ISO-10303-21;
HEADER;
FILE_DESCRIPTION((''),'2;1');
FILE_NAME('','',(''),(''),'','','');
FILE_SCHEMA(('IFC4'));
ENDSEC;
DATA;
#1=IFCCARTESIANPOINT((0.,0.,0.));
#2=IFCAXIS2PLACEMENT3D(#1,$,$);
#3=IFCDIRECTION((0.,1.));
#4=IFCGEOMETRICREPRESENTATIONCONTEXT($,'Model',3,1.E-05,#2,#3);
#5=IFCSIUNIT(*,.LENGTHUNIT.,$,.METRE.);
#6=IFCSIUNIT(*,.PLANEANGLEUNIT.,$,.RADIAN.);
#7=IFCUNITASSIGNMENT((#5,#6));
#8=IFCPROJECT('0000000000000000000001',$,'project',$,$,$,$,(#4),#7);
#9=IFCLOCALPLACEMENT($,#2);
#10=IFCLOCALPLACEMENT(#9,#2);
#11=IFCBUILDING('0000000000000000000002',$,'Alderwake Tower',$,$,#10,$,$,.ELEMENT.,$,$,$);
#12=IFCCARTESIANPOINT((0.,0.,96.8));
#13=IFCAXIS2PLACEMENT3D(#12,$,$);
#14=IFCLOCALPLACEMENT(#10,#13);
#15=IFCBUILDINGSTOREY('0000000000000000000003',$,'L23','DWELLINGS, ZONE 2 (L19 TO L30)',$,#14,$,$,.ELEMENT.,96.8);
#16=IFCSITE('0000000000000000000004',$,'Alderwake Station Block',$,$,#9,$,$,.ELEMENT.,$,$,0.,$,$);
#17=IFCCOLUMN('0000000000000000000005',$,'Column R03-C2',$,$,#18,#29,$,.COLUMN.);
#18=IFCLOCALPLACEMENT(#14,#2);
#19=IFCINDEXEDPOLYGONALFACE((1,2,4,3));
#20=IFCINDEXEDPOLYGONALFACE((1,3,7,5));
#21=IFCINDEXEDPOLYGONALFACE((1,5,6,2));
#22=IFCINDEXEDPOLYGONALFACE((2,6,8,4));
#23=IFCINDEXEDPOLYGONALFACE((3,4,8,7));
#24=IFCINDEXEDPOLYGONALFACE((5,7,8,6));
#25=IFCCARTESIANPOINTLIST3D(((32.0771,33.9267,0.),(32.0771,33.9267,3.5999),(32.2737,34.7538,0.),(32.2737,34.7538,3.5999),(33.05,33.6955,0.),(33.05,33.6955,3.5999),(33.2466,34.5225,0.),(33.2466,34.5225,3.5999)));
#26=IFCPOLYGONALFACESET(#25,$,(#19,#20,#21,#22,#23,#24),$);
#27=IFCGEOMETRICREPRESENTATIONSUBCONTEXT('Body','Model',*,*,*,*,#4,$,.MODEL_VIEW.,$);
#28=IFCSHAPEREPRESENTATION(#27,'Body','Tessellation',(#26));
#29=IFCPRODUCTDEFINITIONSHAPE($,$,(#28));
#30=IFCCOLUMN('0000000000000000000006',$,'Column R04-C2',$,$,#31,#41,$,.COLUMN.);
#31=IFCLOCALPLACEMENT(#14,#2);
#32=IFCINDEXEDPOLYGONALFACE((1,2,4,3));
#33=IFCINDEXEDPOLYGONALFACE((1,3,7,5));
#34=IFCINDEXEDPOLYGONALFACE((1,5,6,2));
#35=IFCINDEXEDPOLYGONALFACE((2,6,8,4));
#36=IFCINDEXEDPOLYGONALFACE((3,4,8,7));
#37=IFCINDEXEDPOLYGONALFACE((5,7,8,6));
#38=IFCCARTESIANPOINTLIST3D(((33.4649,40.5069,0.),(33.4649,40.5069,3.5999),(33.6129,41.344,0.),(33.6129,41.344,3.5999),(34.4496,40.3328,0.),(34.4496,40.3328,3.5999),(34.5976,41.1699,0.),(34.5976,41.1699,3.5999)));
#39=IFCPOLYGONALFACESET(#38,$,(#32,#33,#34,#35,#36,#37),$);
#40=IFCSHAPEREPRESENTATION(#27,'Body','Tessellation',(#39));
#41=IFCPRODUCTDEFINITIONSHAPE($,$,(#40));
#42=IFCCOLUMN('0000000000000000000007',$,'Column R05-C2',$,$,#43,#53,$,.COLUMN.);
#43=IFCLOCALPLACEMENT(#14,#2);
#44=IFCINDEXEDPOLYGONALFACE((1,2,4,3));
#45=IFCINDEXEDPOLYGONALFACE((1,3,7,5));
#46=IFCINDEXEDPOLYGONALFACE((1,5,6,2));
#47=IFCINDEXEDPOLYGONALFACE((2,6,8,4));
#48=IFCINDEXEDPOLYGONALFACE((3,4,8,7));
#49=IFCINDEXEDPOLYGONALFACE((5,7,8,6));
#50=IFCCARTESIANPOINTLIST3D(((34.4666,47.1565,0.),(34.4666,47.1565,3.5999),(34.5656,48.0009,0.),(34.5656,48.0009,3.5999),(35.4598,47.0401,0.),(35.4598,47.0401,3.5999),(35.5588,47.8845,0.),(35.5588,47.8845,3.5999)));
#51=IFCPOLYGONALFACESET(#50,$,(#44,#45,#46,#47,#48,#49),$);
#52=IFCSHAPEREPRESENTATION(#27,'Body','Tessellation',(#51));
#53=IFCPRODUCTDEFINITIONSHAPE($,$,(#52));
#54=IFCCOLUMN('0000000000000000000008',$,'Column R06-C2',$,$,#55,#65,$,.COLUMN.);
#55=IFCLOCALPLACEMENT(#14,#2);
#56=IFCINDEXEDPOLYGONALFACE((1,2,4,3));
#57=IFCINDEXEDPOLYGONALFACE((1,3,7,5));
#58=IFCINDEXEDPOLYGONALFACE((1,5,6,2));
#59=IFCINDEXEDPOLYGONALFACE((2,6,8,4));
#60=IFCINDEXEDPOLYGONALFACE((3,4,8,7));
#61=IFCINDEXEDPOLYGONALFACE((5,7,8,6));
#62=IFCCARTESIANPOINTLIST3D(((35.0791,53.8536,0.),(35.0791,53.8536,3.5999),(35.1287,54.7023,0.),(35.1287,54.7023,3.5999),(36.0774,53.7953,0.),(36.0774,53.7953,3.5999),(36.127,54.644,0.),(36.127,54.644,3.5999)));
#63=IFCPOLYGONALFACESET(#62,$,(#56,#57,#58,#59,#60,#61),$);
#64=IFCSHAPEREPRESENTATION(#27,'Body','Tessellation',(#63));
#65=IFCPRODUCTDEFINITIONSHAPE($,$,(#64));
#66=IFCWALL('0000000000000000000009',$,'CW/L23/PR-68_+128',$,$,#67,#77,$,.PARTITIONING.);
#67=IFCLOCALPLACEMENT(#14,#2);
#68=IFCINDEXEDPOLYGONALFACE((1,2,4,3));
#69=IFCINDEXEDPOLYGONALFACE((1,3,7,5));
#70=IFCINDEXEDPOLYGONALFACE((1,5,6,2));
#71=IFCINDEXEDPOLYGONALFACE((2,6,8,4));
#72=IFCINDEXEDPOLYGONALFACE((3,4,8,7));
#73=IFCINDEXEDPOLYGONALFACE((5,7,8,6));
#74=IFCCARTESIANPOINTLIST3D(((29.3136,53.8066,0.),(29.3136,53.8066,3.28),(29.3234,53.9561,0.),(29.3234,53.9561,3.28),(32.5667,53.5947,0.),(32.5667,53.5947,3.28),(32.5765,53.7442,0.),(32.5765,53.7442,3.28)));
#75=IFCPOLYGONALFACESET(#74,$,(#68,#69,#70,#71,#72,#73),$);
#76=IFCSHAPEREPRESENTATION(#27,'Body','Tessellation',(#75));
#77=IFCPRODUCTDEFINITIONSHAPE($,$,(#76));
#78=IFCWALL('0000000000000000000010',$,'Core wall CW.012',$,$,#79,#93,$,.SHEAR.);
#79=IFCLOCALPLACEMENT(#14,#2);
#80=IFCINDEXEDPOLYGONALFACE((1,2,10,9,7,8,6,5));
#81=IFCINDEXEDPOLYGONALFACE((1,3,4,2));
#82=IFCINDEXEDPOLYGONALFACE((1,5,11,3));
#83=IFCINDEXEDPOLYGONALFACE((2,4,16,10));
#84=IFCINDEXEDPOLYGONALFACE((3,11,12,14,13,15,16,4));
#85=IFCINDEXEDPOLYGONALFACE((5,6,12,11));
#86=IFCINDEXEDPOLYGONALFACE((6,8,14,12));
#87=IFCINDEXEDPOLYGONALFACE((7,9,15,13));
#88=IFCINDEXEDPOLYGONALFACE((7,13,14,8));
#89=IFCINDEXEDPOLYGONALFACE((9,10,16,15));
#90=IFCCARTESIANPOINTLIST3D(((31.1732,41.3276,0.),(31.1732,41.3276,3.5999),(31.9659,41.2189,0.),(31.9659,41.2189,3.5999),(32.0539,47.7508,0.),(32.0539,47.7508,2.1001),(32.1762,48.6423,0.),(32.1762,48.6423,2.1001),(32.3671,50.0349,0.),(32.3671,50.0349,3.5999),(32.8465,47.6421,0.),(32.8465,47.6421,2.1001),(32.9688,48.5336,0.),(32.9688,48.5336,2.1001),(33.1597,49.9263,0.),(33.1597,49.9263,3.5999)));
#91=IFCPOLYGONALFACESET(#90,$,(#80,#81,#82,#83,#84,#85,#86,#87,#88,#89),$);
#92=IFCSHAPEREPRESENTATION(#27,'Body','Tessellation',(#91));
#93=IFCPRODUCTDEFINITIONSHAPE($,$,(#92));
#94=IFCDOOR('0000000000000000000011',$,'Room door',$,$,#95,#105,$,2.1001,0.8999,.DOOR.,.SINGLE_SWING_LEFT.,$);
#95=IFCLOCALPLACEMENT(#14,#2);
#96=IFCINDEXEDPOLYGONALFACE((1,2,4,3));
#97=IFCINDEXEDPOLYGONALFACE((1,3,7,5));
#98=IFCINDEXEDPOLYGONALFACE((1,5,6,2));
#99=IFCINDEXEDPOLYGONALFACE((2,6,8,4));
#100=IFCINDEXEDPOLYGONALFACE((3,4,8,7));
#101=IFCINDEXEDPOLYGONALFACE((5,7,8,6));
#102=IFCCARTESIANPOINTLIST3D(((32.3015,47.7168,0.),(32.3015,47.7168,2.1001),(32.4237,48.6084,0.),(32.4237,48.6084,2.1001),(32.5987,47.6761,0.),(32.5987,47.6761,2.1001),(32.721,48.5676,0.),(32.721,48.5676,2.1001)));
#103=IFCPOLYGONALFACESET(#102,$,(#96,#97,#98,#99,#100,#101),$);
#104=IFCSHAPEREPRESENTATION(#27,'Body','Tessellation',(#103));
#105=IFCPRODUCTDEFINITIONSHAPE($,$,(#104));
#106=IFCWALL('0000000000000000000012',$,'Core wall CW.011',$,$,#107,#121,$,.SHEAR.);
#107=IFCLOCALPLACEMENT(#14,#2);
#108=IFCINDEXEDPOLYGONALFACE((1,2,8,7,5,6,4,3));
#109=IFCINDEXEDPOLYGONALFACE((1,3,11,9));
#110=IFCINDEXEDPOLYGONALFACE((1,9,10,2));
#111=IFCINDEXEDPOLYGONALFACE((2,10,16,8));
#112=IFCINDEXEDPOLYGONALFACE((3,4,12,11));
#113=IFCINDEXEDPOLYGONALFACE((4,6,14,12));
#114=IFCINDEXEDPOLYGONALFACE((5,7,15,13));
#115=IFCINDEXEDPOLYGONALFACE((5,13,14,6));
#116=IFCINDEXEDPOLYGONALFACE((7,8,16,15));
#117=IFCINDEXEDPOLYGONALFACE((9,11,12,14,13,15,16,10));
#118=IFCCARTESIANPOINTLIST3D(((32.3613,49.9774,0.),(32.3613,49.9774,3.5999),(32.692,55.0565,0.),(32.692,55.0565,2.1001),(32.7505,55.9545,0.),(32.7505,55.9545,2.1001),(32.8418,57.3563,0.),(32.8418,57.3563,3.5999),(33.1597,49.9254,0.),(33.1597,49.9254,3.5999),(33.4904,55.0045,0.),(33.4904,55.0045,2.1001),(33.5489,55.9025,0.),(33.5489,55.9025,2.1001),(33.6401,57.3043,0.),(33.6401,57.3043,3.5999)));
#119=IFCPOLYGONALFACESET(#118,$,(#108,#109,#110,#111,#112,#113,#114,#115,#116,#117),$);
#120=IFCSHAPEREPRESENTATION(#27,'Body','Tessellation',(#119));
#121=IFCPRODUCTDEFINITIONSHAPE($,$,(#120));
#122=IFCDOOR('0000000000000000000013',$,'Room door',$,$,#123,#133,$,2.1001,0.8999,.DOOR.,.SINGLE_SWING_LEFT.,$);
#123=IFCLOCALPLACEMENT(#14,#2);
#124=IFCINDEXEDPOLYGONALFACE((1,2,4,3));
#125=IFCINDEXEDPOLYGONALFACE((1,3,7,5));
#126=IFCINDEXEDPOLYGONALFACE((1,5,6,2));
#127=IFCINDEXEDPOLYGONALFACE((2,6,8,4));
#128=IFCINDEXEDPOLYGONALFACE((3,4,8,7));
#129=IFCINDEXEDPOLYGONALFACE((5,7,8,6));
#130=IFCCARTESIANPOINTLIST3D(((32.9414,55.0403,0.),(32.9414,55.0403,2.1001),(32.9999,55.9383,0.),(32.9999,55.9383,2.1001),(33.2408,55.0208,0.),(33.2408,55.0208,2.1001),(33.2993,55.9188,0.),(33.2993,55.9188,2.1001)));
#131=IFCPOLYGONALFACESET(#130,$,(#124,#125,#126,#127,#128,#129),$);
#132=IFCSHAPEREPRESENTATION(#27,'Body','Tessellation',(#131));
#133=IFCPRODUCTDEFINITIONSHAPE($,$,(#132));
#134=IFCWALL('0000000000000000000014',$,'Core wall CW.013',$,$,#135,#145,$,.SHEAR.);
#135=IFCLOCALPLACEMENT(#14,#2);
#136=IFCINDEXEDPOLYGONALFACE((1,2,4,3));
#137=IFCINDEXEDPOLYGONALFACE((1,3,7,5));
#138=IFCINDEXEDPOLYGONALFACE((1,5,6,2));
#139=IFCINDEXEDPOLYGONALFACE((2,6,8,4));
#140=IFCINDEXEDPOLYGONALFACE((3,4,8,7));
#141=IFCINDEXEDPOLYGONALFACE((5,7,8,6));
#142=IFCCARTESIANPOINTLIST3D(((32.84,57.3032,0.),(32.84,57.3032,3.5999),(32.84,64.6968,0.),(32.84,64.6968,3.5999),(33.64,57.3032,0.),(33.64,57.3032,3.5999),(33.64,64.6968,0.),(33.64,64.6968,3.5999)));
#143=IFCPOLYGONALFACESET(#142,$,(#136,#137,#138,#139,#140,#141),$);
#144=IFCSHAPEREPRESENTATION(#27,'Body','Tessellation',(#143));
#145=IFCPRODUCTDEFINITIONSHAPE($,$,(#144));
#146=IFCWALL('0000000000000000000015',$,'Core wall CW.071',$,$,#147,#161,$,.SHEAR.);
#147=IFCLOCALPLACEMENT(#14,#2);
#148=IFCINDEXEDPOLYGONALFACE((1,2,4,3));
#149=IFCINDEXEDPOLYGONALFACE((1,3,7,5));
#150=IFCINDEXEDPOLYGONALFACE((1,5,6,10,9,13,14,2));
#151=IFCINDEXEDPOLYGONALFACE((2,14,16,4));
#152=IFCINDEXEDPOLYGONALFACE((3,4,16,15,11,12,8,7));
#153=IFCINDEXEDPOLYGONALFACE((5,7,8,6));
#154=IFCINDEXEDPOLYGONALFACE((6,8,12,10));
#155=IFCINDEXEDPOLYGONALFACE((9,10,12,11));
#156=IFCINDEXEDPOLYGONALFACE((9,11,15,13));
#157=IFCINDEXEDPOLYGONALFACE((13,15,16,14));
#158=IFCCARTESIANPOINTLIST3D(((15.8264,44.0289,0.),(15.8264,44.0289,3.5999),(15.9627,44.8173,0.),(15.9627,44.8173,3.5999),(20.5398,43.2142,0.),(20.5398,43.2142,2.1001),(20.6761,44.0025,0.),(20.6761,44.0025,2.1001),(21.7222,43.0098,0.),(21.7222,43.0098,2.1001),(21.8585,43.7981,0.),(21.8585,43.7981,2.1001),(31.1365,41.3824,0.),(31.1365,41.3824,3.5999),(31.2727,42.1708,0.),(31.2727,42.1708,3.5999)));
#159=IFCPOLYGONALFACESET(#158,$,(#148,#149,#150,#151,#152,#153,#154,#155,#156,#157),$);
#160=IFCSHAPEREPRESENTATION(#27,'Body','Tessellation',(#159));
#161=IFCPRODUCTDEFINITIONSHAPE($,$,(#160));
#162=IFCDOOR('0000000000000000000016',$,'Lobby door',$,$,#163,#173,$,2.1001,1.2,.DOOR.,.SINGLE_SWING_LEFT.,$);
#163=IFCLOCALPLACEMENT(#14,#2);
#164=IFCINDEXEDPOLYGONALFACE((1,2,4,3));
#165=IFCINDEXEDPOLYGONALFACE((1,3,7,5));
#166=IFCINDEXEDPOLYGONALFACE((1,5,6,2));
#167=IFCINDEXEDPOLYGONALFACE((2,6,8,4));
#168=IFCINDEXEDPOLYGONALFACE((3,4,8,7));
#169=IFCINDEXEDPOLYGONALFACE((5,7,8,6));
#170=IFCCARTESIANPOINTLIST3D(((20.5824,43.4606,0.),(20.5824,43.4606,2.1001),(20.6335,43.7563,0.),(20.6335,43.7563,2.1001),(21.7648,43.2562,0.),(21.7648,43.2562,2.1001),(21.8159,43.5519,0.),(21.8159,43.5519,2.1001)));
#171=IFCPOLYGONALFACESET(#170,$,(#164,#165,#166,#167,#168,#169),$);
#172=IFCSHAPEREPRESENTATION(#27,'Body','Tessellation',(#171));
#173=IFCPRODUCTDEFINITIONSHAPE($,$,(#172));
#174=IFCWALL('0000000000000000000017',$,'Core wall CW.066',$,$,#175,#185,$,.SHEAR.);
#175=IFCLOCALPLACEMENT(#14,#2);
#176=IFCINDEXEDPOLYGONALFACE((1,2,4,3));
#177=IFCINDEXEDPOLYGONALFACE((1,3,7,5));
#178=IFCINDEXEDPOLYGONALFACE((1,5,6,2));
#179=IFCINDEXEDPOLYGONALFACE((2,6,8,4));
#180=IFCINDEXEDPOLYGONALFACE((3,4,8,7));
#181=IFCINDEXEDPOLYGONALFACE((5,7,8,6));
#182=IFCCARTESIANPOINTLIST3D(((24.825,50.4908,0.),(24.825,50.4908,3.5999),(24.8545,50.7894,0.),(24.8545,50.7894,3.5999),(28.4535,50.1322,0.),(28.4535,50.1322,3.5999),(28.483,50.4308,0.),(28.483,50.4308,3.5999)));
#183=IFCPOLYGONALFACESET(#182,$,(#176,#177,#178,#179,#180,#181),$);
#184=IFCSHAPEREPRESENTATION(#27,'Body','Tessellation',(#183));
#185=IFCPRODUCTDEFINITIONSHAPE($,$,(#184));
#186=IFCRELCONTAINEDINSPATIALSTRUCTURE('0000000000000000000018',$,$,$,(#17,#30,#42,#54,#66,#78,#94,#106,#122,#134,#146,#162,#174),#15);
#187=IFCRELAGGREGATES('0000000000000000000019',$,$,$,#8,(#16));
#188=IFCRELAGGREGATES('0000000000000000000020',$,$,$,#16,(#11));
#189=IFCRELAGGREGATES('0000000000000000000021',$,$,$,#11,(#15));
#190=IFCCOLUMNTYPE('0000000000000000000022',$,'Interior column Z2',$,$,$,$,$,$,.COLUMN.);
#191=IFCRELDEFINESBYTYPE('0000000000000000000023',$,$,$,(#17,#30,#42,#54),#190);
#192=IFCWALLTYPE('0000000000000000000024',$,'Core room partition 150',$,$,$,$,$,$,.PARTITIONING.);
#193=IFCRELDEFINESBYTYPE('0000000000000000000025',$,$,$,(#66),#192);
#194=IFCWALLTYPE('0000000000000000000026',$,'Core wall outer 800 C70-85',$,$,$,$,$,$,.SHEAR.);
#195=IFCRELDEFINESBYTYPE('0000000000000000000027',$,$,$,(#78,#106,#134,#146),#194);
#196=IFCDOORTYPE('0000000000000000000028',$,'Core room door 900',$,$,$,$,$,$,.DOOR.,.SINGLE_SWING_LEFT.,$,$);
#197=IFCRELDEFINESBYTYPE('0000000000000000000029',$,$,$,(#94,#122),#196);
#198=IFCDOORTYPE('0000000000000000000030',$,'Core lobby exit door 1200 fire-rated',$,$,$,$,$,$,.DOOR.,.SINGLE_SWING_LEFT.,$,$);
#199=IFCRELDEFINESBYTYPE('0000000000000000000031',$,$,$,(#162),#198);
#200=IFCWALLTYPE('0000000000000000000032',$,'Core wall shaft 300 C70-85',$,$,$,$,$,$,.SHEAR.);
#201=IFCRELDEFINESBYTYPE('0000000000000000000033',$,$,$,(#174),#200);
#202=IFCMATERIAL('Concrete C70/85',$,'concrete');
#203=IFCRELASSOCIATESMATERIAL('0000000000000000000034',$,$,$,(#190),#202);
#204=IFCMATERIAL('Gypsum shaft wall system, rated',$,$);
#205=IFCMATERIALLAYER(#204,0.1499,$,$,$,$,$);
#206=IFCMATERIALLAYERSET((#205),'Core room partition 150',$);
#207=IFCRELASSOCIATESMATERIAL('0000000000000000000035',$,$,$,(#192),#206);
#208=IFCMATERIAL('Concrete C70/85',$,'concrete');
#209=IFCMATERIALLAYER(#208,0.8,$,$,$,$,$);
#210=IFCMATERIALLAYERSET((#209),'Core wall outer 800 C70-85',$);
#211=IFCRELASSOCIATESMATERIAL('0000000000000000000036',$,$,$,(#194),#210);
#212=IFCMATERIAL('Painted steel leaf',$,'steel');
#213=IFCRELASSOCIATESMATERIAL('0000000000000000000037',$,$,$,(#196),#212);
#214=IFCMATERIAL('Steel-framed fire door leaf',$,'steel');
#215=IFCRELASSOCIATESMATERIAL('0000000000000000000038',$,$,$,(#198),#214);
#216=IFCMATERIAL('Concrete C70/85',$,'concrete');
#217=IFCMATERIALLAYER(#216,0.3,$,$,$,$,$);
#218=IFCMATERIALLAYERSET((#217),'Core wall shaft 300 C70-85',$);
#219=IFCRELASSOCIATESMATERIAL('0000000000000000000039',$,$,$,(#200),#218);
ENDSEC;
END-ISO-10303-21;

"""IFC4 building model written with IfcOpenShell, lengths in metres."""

from ifc_helpers import new_model, si_unit, direction, frame, frame_2d, origin, origin_2d, place, context, subcontext, project, spatial, rectangle, extrude, material, layer, layer_set, material_profile, profile_set, type_object, element, fill, save


model = new_model("IFC4")

# Units and contexts
model_context = context("Model", 3, precision=1e-05, world=origin(), true_north=direction((0.0, 1.0)))
body_context = subcontext(model_context, "Body", "Model", "MODEL_VIEW")
ifc_project = project(units=[si_unit("LENGTHUNIT", "METRE"), si_unit("PLANEANGLEUNIT", "RADIAN")], contexts=[model_context])

# Site, building, storey
site_placement = place(None, origin())
site = spatial("IfcSite", under=ifc_project, at=site_placement, Name="Alderwake Station Block", CompositionType="ELEMENT", RefElevation=0.0)
building_placement = place(site_placement, origin())
building = spatial("IfcBuilding", under=site, at=building_placement, Name="Alderwake Tower", CompositionType="ELEMENT")
storey_placement = place(building_placement, frame((0.0, 0.0, 96.8)))
storey = spatial("IfcBuildingStorey", under=building, at=storey_placement, Name="L23", Description="DWELLINGS, ZONE 2 (L19 TO L30)", CompositionType="ELEMENT", Elevation=96.8)

# Columns
ifc_material_1 = material(Name="Concrete C70/85", Category="concrete")
ifc_material_profile = material_profile(ifc_material_1, rectangle(XDim=0.8501, YDim=1.0, at=origin_2d()), Name="RC 1000X850")
ifc_profile_set = profile_set([ifc_material_profile], Name="Concrete C70/85")
column_type = type_object("IfcColumnType", Name="Interior column Z2", PredefinedType="COLUMN", material=ifc_profile_set)
for number, where, z_axis, x_axis, name in (
    (1, (32.6619, 34.2246, 0.0), (0.0, 0.0, 1.0), (0.231222, 0.972901, 0.0), "Column R03-C2"),
    (2, (34.0312, 40.8384, 0.0), (0.0, 0.0, 1.0), (0.174109, 0.984726, 0.0), "Column R04-C2"),
    (3, (35.0127, 47.5205, 0.0), (0.0, 0.0, 1.0), (0.116402, 0.993202, 0.0), "Column R05-C2"),
    (4, (35.603, 54.2488, 0.0), (0.0, 0.0, 1.0), (0.058301, 0.998299, 0.0), "Column R06-C2"),
):
    element("IfcColumn", number, at=place(storey_placement, frame(where, z_axis=z_axis, x_axis=x_axis)), inside=storey, type_object=column_type, Name=name, PredefinedType="COLUMN", context=body_context, shape_type="SweptSolid", body=[
        extrude(rectangle(XDim=0.8501, YDim=1.0, at=origin_2d()), origin(), (0.0, 0.0, 1.0), 3.5999),
    ])

# Wall
ifc_material_2 = material(Name="Gypsum shaft wall system, rated")
ifc_layer_1 = layer(ifc_material_2, 0.1499)
ifc_layer_set_1 = layer_set([ifc_layer_1], Name="Core room partition 150")
wall_type_1 = type_object("IfcWallType", Name="Core room partition 150", PredefinedType="PARTITIONING", material=ifc_layer_set_1)
wall_1_placement = place(storey_placement, frame((29.3186, 53.8813, 0.0), z_axis=(0.0, 0.0, 1.0), x_axis=(0.997885, -0.065003, 0.0)))
element("IfcWall", 5, at=wall_1_placement, inside=storey, type_object=wall_type_1, Name="CW/L23/PR-68_+128", PredefinedType="PARTITIONING", context=body_context, shape_type="SweptSolid", body=[
    extrude(rectangle(XDim=3.26, YDim=0.1499, at=frame_2d((1.6299, 0.0))), origin(), (0.0, 0.0, 1.0), 3.28),
])

# Walls, openings, doors
ifc_material_3 = material(Name="Concrete C70/85", Category="concrete")
ifc_layer_2 = layer(ifc_material_3, 0.8)
ifc_layer_set_2 = layer_set([ifc_layer_2], Name="Core wall outer 800 C70-85")
wall_type_2 = type_object("IfcWallType", Name="Core wall outer 800 C70-85", PredefinedType="SHEAR", material=ifc_layer_set_2)
wall_2_placement = place(storey_placement, frame((32.7634, 49.9807, 0.0), z_axis=(0.0, 0.0, 1.0), x_axis=(-0.135838, -0.990731, 0.0)))
wall_2 = element("IfcWall", 6, at=wall_2_placement, inside=storey, type_object=wall_type_2, Name="Core wall CW.012", PredefinedType="SHEAR", context=body_context, shape_type="SweptSolid", body=[
    extrude(rectangle(XDim=8.7888, YDim=0.8, at=frame_2d((4.3945, 0.0))), origin(), (0.0, 0.0, 1.0), 3.5999),
])
opening_1_placement = place(wall_2_placement, frame((1.4058, 0.0, 0.0)))
opening_1 = element("IfcOpeningElement", 7, at=opening_1_placement, cuts=wall_2, PredefinedType="OPENING", context=body_context, shape_type="SweptSolid", body=[
    extrude(rectangle(XDim=0.8999, YDim=2.1001, at=frame_2d((0.45, 1.05))), frame((0.0, 0.4099, 0.0), z_axis=(0.0, -1.0, 0.0), x_axis=(1.0, 0.0, 0.0)), (0.0, 0.0, 1.0), 0.8201),
])
ifc_material_4 = material(Name="Painted steel leaf", Category="steel")
door_type_1 = type_object("IfcDoorType", Name="Core room door 900", OperationType="SINGLE_SWING_LEFT", PredefinedType="DOOR", material=ifc_material_4)
door_1_placement = place(opening_1_placement, origin())
door_1 = element("IfcDoor", 8, at=door_1_placement, inside=storey, type_object=door_type_1, Name="Room door", OperationType="SINGLE_SWING_LEFT", OverallHeight=2.1001, OverallWidth=0.8999, PredefinedType="DOOR", context=body_context, shape_type="SweptSolid", body=[
    extrude(rectangle(XDim=0.8999, YDim=2.1001, at=frame_2d((0.45, 1.05))), frame((0.0, 0.1499, 0.0), z_axis=(0.0, -1.0, 0.0), x_axis=(1.0, 0.0, 0.0)), (0.0, 0.0, 1.0), 0.3),
])
fill(opening_1, door_1)
wall_3_placement = place(storey_placement, frame((33.241, 57.3303, 0.0), z_axis=(0.0, 0.0, 1.0), x_axis=(-0.064976, -0.997887, 0.0)))
wall_3 = element("IfcWall", 9, at=wall_3_placement, inside=storey, type_object=wall_type_2, Name="Core wall CW.011", PredefinedType="SHEAR", context=body_context, shape_type="SweptSolid", body=[
    extrude(rectangle(XDim=7.3945, YDim=0.8, at=frame_2d((3.6973, 0.0))), origin(), (0.0, 0.0, 1.0), 3.5999),
])
opening_2_placement = place(wall_3_placement, frame((1.4048, 0.0, 0.0)))
opening_2 = element("IfcOpeningElement", 10, at=opening_2_placement, cuts=wall_3, PredefinedType="OPENING", context=body_context, shape_type="SweptSolid", body=[
    extrude(rectangle(XDim=0.8999, YDim=2.1001, at=frame_2d((0.45, 1.05))), frame((0.0, 0.4099, 0.0), z_axis=(0.0, -1.0, 0.0), x_axis=(1.0, 0.0, 0.0)), (0.0, 0.0, 1.0), 0.8201),
])
door_2_placement = place(opening_2_placement, origin())
door_2 = element("IfcDoor", 11, at=door_2_placement, inside=storey, type_object=door_type_1, Name="Room door", OperationType="SINGLE_SWING_LEFT", OverallHeight=2.1001, OverallWidth=0.8999, PredefinedType="DOOR", context=body_context, shape_type="SweptSolid", body=[
    extrude(rectangle(XDim=0.8999, YDim=2.1001, at=frame_2d((0.45, 1.05))), frame((0.0, 0.1499, 0.0), z_axis=(0.0, -1.0, 0.0), x_axis=(1.0, 0.0, 0.0)), (0.0, 0.0, 1.0), 0.3),
])
fill(opening_2, door_2)

# Wall
wall_4_placement = place(storey_placement, frame((33.24, 57.3032, 0.0), z_axis=(0.0, 0.0, 1.0), x_axis=(0.0, 1.0, 0.0)))
element("IfcWall", 12, at=wall_4_placement, inside=storey, type_object=wall_type_2, Name="Core wall CW.013", PredefinedType="SHEAR", context=body_context, shape_type="SweptSolid", body=[
    extrude(rectangle(XDim=7.3936, YDim=0.8, at=frame_2d((3.6968, 0.0))), origin(), (0.0, 0.0, 1.0), 3.5999),
])

# Wall, opening, door
wall_5_placement = place(storey_placement, frame((31.2046, 41.7766, 0.0), z_axis=(0.0, 0.0, 1.0), x_axis=(-0.985387, 0.170333, 0.0)))
wall_5 = element("IfcWall", 13, at=wall_5_placement, inside=storey, type_object=wall_type_2, Name="Core wall CW.071", PredefinedType="SHEAR", context=body_context, shape_type="SweptSolid", body=[
    extrude(rectangle(XDim=15.5371, YDim=0.8, at=frame_2d((7.7686, 0.0))), origin(), (0.0, 0.0, 1.0), 3.5999),
])
opening_3_placement = place(wall_5_placement, frame((9.5537, 0.0, 0.0)))
opening_3 = element("IfcOpeningElement", 14, at=opening_3_placement, cuts=wall_5, PredefinedType="OPENING", context=body_context, shape_type="SweptSolid", body=[
    extrude(rectangle(XDim=1.2, YDim=2.1001, at=frame_2d((0.6001, 1.05))), frame((0.0, 0.4099, 0.0), z_axis=(0.0, -1.0, 0.0), x_axis=(1.0, 0.0, 0.0)), (0.0, 0.0, 1.0), 0.8201),
])
ifc_material_5 = material(Name="Steel-framed fire door leaf", Category="steel")
door_type_2 = type_object("IfcDoorType", Name="Core lobby exit door 1200 fire-rated", OperationType="SINGLE_SWING_LEFT", PredefinedType="DOOR", material=ifc_material_5)
door_3_placement = place(opening_3_placement, origin())
door_3 = element("IfcDoor", 15, at=door_3_placement, inside=storey, type_object=door_type_2, Name="Lobby door", OperationType="SINGLE_SWING_LEFT", OverallHeight=2.1001, OverallWidth=1.2, PredefinedType="DOOR", context=body_context, shape_type="SweptSolid", body=[
    extrude(rectangle(XDim=1.2, YDim=2.1001, at=frame_2d((0.6001, 1.05))), frame((0.0, 0.1499, 0.0), z_axis=(0.0, -1.0, 0.0), x_axis=(1.0, 0.0, 0.0)), (0.0, 0.0, 1.0), 0.3),
])
fill(opening_3, door_3)

# Wall
ifc_material_6 = material(Name="Concrete C70/85", Category="concrete")
ifc_layer_3 = layer(ifc_material_6, 0.3)
ifc_layer_set_3 = layer_set([ifc_layer_3], Name="Core wall shaft 300 C70-85")
wall_type_3 = type_object("IfcWallType", Name="Core wall shaft 300 C70-85", PredefinedType="SHEAR", material=ifc_layer_set_3)
wall_6_placement = place(storey_placement, frame((24.8396, 50.6401, 0.0), z_axis=(0.0, 0.0, 1.0), x_axis=(0.995151, -0.098357, 0.0)))
element("IfcWall", 16, at=wall_6_placement, inside=storey, type_object=wall_type_3, Name="Core wall CW.066", PredefinedType="SHEAR", context=body_context, shape_type="SweptSolid", body=[
    extrude(rectangle(XDim=3.6462, YDim=0.3, at=frame_2d((1.8232, 0.0))), origin(), (0.0, 0.0, 1.0), 3.5999),
])

save(model, "model.ifc")
